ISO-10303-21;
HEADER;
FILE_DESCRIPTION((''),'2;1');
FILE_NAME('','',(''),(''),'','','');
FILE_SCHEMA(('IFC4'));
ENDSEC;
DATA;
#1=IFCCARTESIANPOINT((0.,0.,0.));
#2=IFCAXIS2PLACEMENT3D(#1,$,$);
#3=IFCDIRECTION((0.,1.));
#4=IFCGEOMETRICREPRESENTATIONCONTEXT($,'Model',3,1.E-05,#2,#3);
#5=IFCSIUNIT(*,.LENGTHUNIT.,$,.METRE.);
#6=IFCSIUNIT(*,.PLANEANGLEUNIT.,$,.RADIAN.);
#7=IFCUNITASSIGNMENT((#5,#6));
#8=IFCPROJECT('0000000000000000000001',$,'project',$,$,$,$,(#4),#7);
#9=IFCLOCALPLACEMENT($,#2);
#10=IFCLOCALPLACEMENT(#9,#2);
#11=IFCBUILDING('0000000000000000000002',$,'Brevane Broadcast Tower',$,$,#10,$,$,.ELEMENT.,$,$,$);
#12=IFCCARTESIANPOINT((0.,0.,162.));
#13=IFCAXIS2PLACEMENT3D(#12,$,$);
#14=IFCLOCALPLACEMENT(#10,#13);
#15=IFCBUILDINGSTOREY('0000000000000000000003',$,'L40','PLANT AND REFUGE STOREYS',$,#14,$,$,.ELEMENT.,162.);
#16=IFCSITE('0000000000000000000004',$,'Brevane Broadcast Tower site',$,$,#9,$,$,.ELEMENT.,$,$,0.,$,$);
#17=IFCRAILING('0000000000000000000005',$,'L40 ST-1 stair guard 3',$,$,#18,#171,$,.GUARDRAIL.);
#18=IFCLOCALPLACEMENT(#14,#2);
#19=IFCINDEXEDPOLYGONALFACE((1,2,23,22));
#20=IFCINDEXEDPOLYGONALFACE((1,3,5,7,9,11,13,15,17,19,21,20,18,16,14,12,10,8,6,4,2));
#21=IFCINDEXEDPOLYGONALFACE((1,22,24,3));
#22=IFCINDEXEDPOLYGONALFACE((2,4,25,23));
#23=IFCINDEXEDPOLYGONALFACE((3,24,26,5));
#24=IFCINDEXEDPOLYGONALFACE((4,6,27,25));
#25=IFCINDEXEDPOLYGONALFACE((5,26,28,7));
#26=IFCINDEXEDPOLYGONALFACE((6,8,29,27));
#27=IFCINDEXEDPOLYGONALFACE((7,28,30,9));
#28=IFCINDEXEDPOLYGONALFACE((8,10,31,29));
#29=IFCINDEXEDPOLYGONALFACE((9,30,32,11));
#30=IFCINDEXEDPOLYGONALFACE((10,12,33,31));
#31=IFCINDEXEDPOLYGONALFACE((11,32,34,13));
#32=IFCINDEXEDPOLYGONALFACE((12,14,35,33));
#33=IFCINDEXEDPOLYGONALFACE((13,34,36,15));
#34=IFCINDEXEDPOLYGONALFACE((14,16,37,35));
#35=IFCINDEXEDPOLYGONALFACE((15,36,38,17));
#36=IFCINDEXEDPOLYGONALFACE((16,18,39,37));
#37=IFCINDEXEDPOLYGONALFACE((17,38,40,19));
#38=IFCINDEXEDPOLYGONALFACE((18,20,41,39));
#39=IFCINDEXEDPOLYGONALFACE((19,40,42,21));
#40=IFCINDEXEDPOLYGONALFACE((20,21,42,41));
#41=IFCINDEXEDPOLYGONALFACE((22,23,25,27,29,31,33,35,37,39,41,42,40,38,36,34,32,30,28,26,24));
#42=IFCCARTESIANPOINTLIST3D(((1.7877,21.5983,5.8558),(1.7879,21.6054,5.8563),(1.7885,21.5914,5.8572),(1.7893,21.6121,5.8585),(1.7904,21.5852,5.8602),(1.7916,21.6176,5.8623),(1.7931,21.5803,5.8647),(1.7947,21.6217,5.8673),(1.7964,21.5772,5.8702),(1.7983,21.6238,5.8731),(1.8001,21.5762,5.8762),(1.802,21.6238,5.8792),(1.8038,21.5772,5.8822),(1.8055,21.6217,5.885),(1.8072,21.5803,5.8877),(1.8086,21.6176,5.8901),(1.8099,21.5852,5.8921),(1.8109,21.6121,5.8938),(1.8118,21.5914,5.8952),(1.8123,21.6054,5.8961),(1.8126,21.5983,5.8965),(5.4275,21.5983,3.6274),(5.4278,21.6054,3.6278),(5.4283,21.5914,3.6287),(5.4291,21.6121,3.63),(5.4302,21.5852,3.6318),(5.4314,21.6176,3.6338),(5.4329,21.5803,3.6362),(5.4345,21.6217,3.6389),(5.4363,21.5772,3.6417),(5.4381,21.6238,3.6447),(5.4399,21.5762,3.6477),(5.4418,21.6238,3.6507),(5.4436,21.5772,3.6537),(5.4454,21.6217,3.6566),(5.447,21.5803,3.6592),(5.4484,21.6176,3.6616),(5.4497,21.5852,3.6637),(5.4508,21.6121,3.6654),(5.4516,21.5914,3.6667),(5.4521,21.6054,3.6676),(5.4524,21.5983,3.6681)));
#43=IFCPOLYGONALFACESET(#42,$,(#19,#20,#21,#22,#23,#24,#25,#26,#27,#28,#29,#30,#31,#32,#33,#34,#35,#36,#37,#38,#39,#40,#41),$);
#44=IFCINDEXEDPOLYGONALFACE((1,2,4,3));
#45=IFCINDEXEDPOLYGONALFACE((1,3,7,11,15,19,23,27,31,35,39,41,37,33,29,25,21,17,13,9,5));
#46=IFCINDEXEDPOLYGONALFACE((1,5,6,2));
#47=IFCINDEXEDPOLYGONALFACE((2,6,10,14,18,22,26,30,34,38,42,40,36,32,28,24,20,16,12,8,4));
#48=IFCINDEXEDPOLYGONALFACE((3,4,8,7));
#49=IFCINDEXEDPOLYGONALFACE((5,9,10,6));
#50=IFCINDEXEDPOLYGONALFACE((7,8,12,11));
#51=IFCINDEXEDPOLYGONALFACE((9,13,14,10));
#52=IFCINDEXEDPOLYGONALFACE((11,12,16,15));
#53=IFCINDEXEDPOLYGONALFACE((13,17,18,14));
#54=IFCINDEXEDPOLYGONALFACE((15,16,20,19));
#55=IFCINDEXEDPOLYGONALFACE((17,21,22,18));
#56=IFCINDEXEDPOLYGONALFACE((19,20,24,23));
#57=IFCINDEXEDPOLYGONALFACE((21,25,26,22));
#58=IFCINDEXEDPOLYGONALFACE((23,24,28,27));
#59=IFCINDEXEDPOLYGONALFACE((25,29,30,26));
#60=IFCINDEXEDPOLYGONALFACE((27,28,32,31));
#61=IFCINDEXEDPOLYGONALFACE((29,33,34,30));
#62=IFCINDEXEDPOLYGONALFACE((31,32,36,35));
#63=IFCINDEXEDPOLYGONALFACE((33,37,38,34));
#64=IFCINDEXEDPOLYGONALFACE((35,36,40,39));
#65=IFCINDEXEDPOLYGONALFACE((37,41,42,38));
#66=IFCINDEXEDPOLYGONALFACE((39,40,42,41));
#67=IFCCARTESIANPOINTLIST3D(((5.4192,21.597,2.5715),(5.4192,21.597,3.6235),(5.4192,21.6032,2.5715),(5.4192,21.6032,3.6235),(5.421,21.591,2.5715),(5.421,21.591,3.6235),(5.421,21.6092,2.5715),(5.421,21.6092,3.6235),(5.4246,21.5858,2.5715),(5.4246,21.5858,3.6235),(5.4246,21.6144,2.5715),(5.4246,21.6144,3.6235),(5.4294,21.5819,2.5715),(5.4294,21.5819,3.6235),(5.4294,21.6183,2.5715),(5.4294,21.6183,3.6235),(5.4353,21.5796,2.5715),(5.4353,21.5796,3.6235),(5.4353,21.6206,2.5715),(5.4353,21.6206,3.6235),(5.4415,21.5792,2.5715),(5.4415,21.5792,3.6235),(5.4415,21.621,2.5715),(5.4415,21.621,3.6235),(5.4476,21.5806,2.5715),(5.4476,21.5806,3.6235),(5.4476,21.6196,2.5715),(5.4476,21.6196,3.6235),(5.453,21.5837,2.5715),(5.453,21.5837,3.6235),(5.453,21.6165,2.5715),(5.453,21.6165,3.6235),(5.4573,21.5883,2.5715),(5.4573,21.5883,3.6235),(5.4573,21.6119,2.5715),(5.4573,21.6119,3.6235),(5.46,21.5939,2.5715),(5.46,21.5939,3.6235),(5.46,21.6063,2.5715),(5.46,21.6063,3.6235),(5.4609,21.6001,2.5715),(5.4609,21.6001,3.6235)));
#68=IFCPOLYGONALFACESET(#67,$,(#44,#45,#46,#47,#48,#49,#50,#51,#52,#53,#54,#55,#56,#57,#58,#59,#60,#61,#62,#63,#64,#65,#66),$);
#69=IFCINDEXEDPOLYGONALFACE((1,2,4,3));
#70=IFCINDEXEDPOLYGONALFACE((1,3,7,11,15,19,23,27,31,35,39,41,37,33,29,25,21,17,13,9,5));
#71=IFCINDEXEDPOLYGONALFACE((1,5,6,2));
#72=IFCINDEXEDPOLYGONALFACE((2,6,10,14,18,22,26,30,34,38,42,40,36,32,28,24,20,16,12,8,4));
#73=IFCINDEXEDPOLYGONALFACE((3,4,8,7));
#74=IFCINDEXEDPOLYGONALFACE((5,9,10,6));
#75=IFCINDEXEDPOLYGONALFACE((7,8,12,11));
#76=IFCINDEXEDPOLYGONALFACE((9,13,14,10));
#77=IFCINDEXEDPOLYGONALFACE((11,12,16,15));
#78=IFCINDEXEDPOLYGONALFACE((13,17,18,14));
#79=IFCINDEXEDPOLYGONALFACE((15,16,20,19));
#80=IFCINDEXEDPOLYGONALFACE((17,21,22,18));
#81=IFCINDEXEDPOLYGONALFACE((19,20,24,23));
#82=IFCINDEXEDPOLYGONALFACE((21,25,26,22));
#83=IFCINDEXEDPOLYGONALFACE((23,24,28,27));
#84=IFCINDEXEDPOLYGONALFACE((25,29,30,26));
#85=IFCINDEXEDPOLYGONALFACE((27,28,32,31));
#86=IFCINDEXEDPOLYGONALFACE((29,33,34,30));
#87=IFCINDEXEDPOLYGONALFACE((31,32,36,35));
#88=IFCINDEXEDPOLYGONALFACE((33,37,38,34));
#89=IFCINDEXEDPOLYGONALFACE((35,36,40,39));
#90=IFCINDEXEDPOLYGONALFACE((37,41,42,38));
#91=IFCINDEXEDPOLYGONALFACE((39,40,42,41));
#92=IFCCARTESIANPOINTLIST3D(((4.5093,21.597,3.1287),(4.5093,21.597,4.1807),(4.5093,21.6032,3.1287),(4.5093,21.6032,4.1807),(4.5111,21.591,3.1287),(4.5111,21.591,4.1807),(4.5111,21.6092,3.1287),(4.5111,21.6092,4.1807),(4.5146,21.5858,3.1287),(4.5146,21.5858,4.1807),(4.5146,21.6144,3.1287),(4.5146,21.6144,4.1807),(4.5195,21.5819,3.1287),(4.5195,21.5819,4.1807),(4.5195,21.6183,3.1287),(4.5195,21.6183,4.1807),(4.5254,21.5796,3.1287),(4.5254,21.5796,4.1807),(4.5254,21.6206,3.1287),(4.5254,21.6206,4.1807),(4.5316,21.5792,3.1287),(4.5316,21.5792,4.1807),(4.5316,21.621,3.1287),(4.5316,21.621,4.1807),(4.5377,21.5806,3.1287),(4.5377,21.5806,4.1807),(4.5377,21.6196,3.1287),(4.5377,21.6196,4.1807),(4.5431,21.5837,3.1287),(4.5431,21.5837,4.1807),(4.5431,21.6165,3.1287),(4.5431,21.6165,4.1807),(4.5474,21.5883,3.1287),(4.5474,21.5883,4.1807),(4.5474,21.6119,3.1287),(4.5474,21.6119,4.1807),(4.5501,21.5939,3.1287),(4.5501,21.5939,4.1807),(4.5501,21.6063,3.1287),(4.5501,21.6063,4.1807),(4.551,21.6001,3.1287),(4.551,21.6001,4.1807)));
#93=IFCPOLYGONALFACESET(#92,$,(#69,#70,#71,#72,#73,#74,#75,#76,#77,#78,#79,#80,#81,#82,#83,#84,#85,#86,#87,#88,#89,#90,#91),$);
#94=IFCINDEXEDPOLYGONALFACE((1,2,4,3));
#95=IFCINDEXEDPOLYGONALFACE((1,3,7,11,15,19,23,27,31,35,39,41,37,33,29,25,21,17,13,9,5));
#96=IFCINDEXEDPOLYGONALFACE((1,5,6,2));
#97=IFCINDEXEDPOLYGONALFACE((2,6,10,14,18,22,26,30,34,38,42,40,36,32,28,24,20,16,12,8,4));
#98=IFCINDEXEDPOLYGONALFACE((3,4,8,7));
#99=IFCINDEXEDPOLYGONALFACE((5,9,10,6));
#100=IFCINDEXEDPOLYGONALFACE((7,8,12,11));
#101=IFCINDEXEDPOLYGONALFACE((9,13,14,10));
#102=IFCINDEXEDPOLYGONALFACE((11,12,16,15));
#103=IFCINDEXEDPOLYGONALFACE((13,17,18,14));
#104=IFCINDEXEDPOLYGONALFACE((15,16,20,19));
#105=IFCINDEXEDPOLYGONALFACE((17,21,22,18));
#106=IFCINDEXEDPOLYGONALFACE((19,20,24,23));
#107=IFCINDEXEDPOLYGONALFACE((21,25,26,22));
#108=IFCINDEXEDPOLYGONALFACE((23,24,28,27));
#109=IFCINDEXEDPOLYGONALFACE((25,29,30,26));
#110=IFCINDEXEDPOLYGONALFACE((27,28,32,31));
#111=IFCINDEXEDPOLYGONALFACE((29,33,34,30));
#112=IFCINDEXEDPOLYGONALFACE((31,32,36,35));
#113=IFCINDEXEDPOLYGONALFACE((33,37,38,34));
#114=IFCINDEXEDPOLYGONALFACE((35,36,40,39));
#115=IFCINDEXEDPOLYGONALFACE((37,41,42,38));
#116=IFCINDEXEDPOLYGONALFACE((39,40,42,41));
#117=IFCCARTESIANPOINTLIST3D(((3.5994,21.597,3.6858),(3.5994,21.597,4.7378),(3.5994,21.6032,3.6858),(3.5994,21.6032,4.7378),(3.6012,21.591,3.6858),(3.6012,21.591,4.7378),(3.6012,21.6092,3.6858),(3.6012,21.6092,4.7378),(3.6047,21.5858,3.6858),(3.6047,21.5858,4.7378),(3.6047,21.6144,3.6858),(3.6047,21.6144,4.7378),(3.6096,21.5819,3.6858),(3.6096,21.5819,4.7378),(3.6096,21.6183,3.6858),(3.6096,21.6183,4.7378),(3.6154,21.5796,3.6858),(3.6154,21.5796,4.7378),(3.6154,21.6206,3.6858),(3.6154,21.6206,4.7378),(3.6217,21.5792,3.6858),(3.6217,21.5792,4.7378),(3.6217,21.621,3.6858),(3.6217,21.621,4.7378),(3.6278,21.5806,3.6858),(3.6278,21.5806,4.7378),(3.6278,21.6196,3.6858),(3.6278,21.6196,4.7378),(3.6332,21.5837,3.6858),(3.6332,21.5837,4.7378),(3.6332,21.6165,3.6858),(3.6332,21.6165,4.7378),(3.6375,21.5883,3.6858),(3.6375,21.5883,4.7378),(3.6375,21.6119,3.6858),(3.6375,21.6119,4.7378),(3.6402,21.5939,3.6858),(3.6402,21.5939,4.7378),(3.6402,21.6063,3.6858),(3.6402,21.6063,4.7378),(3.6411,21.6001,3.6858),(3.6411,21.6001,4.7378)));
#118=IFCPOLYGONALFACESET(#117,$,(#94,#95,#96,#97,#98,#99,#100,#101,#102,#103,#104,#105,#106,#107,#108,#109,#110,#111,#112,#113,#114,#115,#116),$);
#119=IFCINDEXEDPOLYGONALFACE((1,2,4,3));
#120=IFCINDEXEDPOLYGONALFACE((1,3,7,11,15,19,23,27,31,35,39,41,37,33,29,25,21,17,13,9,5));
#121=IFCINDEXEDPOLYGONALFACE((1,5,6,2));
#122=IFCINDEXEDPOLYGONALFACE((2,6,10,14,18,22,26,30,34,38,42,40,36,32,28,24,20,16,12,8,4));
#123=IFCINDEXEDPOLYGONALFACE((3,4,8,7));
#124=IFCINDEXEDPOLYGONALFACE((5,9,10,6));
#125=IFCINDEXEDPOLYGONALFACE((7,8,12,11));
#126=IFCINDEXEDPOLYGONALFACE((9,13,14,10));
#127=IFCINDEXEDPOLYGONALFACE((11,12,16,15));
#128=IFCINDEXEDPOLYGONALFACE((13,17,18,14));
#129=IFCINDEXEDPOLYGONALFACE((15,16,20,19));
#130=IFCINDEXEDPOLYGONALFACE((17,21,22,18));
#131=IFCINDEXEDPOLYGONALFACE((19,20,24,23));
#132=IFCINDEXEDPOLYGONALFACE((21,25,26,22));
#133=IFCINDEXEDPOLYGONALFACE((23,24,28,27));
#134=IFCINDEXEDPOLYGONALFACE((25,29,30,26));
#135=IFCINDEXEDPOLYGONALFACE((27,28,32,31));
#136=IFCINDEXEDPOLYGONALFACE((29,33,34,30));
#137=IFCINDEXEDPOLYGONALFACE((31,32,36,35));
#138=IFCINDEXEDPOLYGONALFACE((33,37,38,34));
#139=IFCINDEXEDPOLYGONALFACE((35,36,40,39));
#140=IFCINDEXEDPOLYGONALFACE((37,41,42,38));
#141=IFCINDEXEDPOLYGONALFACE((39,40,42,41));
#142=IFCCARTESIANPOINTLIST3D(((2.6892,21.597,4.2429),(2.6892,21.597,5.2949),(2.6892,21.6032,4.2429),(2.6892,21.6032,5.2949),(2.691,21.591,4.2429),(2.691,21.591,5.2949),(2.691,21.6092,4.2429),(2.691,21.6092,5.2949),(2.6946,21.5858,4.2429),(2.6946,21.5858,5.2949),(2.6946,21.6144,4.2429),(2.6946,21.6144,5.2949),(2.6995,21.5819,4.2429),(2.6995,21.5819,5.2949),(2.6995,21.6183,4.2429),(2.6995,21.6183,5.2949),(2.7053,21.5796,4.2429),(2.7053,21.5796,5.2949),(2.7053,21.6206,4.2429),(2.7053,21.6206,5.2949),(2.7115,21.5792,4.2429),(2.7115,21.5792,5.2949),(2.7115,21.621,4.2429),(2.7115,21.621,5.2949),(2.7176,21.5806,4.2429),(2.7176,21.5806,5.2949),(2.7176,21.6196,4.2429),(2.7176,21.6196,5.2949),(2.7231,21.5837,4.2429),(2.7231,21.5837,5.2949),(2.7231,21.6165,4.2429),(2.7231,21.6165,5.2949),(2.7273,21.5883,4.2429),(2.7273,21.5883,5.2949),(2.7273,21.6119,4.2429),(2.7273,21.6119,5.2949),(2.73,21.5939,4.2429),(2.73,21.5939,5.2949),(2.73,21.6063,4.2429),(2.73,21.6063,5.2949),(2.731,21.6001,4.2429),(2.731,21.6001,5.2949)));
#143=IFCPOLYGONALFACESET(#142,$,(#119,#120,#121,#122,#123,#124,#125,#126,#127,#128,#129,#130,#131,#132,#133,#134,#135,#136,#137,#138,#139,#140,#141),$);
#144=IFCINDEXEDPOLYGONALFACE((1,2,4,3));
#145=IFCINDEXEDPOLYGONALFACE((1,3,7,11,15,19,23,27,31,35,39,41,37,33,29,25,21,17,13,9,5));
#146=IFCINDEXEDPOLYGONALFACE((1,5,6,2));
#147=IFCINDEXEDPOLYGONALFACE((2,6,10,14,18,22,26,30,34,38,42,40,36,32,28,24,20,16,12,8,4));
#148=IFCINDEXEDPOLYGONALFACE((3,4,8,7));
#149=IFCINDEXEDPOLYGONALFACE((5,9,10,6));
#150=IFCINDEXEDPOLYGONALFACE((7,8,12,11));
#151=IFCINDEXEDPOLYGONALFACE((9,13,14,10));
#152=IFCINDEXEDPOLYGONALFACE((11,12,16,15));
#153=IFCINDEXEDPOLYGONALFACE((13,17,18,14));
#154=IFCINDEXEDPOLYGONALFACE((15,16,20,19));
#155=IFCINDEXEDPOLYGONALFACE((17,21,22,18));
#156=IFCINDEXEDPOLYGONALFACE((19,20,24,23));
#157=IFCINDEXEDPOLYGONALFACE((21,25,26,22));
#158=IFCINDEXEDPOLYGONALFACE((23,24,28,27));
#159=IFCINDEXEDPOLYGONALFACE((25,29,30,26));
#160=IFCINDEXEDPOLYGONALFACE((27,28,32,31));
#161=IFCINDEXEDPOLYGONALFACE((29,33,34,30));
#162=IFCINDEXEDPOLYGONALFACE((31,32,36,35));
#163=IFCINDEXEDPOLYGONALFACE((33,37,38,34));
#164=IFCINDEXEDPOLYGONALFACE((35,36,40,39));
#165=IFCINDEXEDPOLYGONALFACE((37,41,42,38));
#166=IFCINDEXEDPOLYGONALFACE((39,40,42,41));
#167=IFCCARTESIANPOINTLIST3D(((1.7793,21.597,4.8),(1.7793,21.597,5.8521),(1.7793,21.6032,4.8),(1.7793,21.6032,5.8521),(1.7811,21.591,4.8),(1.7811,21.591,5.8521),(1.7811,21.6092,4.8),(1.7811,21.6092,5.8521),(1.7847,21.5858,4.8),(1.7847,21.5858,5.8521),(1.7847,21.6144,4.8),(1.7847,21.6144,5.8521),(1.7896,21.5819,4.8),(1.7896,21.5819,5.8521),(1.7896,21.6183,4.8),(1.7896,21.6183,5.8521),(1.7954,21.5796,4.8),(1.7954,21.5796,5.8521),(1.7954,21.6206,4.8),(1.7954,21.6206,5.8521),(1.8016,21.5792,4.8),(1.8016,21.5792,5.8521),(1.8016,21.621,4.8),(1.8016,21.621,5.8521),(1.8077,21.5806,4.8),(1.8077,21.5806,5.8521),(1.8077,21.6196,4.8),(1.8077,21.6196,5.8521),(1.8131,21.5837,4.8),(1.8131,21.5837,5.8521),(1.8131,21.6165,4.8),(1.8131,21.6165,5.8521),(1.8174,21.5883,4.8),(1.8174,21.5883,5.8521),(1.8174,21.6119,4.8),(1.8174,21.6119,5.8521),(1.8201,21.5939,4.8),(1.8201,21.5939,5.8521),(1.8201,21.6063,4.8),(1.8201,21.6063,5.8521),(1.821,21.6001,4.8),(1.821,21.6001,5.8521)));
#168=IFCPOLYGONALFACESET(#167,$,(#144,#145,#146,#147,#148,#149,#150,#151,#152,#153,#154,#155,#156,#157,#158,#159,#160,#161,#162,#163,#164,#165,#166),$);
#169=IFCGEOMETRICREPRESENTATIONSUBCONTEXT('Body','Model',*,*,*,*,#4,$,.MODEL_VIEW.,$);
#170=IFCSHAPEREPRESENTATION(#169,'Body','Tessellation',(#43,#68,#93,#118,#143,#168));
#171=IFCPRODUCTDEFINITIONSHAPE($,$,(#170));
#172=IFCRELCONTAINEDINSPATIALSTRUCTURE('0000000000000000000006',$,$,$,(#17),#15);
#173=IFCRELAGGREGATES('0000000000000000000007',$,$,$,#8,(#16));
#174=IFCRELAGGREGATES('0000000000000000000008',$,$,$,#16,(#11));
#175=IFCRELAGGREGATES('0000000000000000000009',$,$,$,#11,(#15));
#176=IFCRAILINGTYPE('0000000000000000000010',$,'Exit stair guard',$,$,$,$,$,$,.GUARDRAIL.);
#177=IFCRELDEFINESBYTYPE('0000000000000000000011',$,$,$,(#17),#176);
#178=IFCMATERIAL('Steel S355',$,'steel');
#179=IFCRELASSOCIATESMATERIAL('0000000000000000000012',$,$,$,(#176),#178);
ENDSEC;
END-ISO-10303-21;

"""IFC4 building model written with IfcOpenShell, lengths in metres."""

from ifc_helpers import new_model, si_unit, direction, frame, origin, origin_2d, place, context, subcontext, project, spatial, circle, extrude, material, type_object, element, save


model = new_model("IFC4")

# Units and contexts
model_context = context("Model", 3, precision=1e-05, world=origin(), true_north=direction((0.0, 1.0)))
body_context = subcontext(model_context, "Body", "Model", "MODEL_VIEW")
ifc_project = project(units=[si_unit("LENGTHUNIT", "METRE"), si_unit("PLANEANGLEUNIT", "RADIAN")], contexts=[model_context])

# Site, building, storey
site_placement = place(None, origin())
site = spatial("IfcSite", under=ifc_project, at=site_placement, Name="Brevane Broadcast Tower site", CompositionType="ELEMENT", RefElevation=0.0)
building_placement = place(site_placement, origin())
building = spatial("IfcBuilding", under=site, at=building_placement, Name="Brevane Broadcast Tower", CompositionType="ELEMENT")
storey_placement = place(building_placement, frame((0.0, 0.0, 162.0)))
storey = spatial("IfcBuildingStorey", under=building, at=storey_placement, Name="L40", Description="PLANT AND REFUGE STOREYS", CompositionType="ELEMENT", Elevation=162.0)

# Shared definitions
ifc_material_1 = material(Name="Steel S355", Category="steel")

# Railing
railing_type_1 = type_object("IfcRailingType", Name="Exit stair guard", PredefinedType="GUARDRAIL", material=ifc_material_1)
railing_1_placement = place(storey_placement, frame((5.4399, 21.6001, 2.5715)))
element("IfcRailing", 1, at=railing_1_placement, inside=storey, type_object=railing_type_1, Name="L40 ST-1 stair guard 3", PredefinedType="GUARDRAIL", context=body_context, shape_type="SweptSolid", body=[
    extrude(circle(Radius=0.0239, at=origin_2d()), frame((0.0, 0.0, 1.0762), z_axis=(-0.85285, 0.0, 0.522156), x_axis=(0.0, -1.0, 0.0)), (0.0, 0.0, 1.0), 4.2678),
    extrude(circle(Radius=0.021, at=origin_2d()), origin(), (0.0, 0.0, 1.0), 1.052),
    extrude(circle(Radius=0.021, at=origin_2d()), frame((-0.9099, 0.0, 0.5571)), (0.0, 0.0, 1.0), 1.052),
    extrude(circle(Radius=0.021, at=origin_2d()), frame((-1.8198, 0.0, 1.1143)), (0.0, 0.0, 1.0), 1.052),
    extrude(circle(Radius=0.021, at=origin_2d()), frame((-2.73, 0.0, 1.6714)), (0.0, 0.0, 1.0), 1.052),
    extrude(circle(Radius=0.021, at=origin_2d()), frame((-3.6399, 0.0, 2.2285)), (0.0, 0.0, 1.0), 1.052),
])

save(model, "model.ifc")
